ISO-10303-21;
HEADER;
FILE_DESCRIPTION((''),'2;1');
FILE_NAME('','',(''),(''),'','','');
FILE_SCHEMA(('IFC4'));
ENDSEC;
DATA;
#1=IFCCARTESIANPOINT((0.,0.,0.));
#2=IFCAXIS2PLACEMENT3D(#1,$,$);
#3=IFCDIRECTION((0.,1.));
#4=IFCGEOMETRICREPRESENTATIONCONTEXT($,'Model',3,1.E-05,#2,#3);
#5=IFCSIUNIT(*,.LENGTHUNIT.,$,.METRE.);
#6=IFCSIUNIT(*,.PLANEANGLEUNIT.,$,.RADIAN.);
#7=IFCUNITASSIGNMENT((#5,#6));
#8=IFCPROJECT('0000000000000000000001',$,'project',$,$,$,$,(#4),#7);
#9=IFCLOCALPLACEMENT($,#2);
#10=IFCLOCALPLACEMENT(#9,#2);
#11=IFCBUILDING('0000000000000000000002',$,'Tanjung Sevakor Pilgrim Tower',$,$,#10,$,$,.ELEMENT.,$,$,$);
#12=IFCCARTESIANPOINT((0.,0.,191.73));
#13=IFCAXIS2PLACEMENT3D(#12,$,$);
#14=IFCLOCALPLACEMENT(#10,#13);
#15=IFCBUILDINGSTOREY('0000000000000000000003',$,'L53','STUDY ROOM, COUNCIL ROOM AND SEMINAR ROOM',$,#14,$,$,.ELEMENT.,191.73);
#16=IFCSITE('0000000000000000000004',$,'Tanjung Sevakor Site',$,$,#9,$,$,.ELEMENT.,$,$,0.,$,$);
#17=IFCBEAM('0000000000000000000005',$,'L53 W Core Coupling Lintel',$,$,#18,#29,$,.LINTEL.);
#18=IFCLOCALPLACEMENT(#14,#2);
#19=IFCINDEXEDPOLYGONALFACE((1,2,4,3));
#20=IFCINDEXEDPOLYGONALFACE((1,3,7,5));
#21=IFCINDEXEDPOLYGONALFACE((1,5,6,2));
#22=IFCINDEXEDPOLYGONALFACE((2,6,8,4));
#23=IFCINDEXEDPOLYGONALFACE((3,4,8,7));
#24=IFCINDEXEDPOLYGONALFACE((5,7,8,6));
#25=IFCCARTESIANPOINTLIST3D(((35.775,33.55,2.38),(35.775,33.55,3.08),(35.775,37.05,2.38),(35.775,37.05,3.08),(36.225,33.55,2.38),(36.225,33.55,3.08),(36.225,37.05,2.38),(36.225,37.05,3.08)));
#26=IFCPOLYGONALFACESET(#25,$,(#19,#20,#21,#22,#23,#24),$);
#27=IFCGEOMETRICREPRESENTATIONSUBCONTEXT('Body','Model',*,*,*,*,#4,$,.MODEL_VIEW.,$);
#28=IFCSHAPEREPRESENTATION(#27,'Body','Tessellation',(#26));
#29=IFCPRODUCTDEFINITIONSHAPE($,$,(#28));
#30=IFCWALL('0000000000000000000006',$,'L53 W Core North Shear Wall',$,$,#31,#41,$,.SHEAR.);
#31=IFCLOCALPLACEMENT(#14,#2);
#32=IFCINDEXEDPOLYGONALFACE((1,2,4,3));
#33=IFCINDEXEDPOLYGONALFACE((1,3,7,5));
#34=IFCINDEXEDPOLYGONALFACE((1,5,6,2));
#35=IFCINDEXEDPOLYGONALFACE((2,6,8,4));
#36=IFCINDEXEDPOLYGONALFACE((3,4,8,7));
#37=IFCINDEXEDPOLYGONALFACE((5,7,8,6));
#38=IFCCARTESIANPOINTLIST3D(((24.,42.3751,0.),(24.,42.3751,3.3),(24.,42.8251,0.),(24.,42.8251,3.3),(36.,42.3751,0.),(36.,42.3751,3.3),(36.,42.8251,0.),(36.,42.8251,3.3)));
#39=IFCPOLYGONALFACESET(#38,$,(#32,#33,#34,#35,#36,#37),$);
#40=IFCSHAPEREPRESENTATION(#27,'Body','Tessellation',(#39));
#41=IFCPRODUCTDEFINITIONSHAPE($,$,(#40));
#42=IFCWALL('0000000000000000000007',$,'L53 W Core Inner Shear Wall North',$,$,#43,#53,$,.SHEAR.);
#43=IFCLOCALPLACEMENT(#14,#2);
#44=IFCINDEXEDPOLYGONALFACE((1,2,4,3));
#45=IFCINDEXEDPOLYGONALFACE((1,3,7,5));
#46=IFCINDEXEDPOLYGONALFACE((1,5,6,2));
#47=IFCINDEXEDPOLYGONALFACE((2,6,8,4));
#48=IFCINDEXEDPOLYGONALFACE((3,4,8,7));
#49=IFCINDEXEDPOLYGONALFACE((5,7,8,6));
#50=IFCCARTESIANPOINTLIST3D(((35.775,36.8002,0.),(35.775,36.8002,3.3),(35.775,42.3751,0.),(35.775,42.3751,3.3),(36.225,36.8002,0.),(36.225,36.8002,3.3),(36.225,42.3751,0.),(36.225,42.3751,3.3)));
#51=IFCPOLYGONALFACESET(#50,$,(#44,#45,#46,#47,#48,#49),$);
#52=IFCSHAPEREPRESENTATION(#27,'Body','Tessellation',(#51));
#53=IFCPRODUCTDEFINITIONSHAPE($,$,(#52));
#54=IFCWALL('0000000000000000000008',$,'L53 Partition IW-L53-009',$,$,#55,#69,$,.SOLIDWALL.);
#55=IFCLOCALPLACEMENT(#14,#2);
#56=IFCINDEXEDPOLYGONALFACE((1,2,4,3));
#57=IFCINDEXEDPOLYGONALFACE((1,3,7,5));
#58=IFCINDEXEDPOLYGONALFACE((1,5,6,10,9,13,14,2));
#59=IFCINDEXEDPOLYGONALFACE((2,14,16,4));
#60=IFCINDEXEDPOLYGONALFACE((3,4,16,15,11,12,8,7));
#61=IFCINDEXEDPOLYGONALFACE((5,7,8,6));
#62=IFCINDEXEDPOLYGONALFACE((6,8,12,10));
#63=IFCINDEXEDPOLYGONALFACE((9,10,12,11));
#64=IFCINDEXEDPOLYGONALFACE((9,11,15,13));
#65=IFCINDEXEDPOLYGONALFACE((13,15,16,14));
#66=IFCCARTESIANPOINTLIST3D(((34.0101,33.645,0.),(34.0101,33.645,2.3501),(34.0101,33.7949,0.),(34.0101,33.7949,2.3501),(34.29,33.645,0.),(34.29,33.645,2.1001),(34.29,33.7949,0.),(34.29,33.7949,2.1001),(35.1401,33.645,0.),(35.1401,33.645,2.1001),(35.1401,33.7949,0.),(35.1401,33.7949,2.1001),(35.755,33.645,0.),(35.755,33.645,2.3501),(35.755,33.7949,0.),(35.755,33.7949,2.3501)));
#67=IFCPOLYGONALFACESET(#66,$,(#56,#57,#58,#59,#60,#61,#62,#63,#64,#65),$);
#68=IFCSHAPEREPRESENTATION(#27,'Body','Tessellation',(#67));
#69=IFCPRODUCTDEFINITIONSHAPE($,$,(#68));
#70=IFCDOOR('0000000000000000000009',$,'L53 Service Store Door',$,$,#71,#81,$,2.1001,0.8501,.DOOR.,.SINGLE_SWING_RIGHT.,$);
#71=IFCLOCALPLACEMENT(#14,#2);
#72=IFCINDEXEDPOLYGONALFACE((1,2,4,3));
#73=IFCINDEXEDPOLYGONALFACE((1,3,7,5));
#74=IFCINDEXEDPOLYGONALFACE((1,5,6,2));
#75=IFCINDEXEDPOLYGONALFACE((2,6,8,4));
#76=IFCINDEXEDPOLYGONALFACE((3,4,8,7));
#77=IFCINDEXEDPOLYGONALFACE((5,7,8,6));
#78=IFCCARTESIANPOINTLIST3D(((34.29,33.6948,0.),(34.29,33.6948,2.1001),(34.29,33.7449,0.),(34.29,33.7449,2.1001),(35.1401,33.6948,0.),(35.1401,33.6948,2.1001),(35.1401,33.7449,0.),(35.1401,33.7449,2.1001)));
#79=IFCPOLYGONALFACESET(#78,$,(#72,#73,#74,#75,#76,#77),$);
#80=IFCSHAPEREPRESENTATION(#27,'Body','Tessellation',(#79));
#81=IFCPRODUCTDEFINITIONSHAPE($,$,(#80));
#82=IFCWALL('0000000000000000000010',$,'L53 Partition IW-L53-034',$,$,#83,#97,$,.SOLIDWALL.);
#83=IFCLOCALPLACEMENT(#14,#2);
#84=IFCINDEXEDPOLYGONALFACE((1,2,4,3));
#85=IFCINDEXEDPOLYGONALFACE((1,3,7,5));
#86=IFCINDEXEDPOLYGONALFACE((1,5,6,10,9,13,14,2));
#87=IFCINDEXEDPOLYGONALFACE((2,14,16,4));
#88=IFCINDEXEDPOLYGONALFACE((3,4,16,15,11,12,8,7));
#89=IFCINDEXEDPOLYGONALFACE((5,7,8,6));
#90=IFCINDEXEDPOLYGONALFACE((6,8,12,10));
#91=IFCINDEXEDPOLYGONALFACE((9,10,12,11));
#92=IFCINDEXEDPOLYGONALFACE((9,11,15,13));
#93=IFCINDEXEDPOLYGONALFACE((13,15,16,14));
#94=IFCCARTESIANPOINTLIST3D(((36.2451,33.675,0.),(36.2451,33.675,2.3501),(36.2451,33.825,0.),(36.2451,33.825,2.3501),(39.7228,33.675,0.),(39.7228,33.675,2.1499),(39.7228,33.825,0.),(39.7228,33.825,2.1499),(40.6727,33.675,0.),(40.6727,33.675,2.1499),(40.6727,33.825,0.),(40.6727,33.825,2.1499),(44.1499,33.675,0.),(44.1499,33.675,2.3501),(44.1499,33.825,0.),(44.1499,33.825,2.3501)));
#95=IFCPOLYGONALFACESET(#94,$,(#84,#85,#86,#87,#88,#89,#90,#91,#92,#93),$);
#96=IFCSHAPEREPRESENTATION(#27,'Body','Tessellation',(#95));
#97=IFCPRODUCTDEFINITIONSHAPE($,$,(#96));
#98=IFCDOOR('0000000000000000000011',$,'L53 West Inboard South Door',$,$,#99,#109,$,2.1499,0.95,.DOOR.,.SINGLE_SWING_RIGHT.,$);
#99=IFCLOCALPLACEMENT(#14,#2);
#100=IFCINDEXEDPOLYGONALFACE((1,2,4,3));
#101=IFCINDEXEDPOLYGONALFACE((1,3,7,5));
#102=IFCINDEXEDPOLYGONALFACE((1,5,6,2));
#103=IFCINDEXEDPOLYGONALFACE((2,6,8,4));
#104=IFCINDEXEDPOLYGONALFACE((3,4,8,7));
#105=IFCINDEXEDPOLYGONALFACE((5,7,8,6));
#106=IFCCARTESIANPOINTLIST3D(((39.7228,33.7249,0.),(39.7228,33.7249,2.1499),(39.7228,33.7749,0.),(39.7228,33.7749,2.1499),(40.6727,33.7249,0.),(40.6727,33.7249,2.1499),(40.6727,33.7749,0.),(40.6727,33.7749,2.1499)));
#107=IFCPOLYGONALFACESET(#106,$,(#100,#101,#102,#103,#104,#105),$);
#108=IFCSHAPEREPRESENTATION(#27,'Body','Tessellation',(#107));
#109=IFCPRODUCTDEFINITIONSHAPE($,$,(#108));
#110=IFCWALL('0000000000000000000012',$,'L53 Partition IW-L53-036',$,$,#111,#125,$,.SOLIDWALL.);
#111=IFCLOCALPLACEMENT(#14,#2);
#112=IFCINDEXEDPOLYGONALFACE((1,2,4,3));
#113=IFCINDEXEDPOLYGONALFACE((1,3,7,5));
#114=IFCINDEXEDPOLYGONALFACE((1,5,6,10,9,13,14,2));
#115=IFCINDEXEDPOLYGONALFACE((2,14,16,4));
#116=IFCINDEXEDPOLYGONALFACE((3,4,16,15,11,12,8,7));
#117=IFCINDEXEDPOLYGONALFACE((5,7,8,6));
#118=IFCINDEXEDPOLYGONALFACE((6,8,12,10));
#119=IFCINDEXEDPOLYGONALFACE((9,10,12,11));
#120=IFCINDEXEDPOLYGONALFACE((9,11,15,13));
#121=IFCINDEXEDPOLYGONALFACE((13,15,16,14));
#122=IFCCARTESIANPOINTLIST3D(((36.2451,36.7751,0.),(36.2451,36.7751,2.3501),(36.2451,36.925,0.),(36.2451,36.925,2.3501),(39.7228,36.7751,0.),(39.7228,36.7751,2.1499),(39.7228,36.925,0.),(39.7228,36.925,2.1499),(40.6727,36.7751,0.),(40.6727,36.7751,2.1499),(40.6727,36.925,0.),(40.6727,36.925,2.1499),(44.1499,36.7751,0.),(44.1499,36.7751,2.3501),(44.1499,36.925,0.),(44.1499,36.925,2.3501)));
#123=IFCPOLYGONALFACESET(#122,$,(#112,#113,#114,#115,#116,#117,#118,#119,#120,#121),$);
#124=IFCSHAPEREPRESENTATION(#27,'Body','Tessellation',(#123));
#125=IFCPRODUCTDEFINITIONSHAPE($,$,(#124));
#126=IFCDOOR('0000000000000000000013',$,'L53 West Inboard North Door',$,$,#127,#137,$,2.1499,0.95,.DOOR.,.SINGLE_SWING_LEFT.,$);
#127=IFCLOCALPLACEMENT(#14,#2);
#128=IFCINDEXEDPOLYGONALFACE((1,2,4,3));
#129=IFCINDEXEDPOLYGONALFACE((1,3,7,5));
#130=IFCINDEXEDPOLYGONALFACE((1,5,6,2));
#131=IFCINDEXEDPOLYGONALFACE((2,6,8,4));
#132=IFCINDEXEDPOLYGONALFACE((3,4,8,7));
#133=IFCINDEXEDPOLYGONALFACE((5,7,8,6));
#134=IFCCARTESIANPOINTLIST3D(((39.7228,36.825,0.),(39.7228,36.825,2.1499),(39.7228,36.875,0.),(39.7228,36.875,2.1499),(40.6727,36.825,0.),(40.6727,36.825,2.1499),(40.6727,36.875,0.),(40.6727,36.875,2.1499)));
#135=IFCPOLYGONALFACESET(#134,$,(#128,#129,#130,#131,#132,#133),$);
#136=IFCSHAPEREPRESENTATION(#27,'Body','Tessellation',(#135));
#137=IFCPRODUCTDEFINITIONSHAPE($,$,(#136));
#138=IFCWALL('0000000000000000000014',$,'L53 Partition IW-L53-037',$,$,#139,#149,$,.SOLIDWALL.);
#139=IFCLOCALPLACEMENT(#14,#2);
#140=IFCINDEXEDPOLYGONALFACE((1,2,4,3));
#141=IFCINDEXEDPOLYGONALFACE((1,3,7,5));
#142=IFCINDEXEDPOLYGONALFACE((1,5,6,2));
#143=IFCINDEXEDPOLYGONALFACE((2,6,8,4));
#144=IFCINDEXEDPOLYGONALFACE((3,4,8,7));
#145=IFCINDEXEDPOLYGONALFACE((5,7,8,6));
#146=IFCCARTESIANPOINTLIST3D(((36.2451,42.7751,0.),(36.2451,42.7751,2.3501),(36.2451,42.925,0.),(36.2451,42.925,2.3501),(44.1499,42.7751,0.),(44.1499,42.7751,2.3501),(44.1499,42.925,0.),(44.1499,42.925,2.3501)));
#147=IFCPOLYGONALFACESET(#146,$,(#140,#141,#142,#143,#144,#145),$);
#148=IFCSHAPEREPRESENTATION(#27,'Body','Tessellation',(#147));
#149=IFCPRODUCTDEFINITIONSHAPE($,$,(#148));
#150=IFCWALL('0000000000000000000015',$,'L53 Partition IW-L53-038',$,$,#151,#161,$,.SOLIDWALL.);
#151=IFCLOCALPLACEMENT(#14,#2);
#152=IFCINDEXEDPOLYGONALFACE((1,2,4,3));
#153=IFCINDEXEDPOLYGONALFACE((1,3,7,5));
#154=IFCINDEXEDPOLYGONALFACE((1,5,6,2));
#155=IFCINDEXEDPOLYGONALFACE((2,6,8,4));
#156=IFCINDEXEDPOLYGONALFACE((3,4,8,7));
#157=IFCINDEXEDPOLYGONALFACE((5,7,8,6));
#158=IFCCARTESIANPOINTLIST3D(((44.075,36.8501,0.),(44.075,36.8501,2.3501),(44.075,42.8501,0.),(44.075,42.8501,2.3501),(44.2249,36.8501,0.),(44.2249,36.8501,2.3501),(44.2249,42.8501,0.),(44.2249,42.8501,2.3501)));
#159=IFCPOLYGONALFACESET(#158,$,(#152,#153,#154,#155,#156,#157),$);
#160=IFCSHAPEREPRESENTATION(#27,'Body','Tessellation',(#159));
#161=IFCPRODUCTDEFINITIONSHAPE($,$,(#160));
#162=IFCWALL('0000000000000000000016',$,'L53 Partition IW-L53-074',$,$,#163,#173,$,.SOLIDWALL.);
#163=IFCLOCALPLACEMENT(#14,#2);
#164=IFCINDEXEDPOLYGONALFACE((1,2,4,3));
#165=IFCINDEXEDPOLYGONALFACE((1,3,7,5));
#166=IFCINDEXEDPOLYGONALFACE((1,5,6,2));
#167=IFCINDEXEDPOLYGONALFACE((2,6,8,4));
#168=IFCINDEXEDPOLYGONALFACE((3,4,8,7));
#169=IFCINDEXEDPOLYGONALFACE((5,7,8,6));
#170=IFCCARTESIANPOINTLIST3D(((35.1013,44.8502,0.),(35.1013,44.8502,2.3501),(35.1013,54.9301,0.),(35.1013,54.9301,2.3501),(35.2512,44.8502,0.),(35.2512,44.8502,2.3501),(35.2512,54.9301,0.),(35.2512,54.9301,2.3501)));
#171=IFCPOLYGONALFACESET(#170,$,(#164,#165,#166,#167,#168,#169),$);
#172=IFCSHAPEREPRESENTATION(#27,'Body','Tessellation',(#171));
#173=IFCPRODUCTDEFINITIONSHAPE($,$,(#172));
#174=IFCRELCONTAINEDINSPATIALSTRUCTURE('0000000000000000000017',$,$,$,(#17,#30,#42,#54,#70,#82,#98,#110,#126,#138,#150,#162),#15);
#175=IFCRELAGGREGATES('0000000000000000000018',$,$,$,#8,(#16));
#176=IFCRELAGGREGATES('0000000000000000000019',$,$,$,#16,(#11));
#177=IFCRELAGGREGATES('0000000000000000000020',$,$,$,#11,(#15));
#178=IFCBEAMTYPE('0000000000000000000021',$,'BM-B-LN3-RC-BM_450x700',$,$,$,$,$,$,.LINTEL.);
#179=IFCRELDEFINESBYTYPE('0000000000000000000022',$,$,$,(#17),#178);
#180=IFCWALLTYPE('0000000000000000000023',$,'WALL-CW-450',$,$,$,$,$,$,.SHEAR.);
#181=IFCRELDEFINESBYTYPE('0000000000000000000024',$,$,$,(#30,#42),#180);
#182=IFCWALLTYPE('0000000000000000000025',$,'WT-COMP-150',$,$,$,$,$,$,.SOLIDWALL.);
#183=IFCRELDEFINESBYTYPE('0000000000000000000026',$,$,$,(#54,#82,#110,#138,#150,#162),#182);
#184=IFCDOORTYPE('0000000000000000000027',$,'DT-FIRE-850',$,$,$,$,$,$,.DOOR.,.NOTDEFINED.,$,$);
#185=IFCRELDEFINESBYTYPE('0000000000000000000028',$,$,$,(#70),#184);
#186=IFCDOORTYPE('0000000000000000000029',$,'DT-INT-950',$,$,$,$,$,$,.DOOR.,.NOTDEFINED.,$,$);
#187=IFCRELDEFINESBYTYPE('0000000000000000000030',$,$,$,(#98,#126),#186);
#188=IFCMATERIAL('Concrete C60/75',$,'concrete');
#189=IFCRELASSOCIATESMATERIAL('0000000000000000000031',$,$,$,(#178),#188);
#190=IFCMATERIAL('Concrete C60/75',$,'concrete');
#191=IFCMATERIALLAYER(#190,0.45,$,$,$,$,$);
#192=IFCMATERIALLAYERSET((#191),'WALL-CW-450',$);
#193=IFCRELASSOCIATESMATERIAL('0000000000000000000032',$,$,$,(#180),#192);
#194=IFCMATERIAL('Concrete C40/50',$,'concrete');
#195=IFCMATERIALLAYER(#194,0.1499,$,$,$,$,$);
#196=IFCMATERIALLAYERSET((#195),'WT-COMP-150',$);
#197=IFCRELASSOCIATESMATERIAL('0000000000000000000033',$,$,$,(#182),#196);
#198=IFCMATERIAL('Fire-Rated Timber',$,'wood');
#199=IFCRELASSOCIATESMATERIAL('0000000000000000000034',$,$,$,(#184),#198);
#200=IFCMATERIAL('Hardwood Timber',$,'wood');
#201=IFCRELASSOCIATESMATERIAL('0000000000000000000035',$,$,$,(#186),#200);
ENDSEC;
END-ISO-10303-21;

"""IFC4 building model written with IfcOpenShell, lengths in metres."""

from ifc_helpers import new_model, si_unit, direction, frame, frame_2d, origin, origin_2d, place, context, subcontext, project, spatial, rectangle, extrude, material, layer, layer_set, material_profile, profile_set, type_object, element, fill, save


model = new_model("IFC4")

# Units and contexts
model_context = context("Model", 3, precision=1e-05, world=origin(), true_north=direction((0.0, 1.0)))
body_context = subcontext(model_context, "Body", "Model", "MODEL_VIEW")
ifc_project = project(units=[si_unit("LENGTHUNIT", "METRE"), si_unit("PLANEANGLEUNIT", "RADIAN")], contexts=[model_context])

# Site, building, storey
site_placement = place(None, origin())
site = spatial("IfcSite", under=ifc_project, at=site_placement, Name="Tanjung Sevakor Site", CompositionType="ELEMENT", RefElevation=0.0)
building_placement = place(site_placement, origin())
building = spatial("IfcBuilding", under=site, at=building_placement, Name="Tanjung Sevakor Pilgrim Tower", CompositionType="ELEMENT")
storey_placement = place(building_placement, frame((0.0, 0.0, 191.73)))
storey = spatial("IfcBuildingStorey", under=building, at=storey_placement, Name="L53", Description="STUDY ROOM, COUNCIL ROOM AND SEMINAR ROOM", CompositionType="ELEMENT", Elevation=191.73)

# Beam
ifc_material_1 = material(Name="Concrete C60/75", Category="concrete")
ifc_material_profile_1 = material_profile(ifc_material_1, rectangle(XDim=0.45, YDim=0.7, at=origin_2d()))
ifc_profile_set_1 = profile_set([ifc_material_profile_1], Name="Concrete C60/75")
beam_type_1 = type_object("IfcBeamType", Name="BM-B-LN3-RC-BM_450x700", PredefinedType="LINTEL", material=ifc_profile_set_1)
beam_1_placement = place(storey_placement, frame((36.0, 33.55, 2.73), z_axis=(0.0, 1.0, 0.0), x_axis=(-1.0, 0.0, 0.0)))
element("IfcBeam", 1, at=beam_1_placement, inside=storey, type_object=beam_type_1, Name="L53 W Core Coupling Lintel", PredefinedType="LINTEL", context=body_context, shape_type="SweptSolid", body=[
    extrude(rectangle(XDim=0.45, YDim=0.7, at=origin_2d()), origin(), (0.0, 0.0, 1.0), 3.5),
])

# Walls
ifc_material_2 = material(Name="Concrete C60/75", Category="concrete")
ifc_layer_1 = layer(ifc_material_2, 0.45)
ifc_layer_set_1 = layer_set([ifc_layer_1], Name="WALL-CW-450")
wall_type_1 = type_object("IfcWallType", Name="WALL-CW-450", PredefinedType="SHEAR", material=ifc_layer_set_1)
wall_1_placement = place(storey_placement, frame((36.0, 42.6001, 0.0), z_axis=(0.0, 0.0, 1.0), x_axis=(-1.0, 0.0, 0.0)))
element("IfcWall", 2, at=wall_1_placement, inside=storey, type_object=wall_type_1, Name="L53 W Core North Shear Wall", PredefinedType="SHEAR", context=body_context, shape_type="SweptSolid", body=[
    extrude(rectangle(XDim=12.0, YDim=0.45, at=frame_2d((6.0, 0.0))), origin(), (0.0, 0.0, 1.0), 3.3),
])
wall_2_placement = place(storey_placement, frame((36.0, 36.8, 0.0), z_axis=(0.0, 0.0, 1.0), x_axis=(0.0, 1.0, 0.0)))
element("IfcWall", 3, at=wall_2_placement, inside=storey, type_object=wall_type_1, Name="L53 W Core Inner Shear Wall North", PredefinedType="SHEAR", context=body_context, shape_type="SweptSolid", body=[
    extrude(rectangle(XDim=5.575, YDim=0.45, at=frame_2d((2.7876, 0.0))), origin(), (0.0, 0.0, 1.0), 3.3),
])

# Walls, openings, doors
ifc_material_3 = material(Name="Concrete C40/50", Category="concrete")
ifc_layer_2 = layer(ifc_material_3, 0.1499)
ifc_layer_set_2 = layer_set([ifc_layer_2], Name="WT-COMP-150")
wall_type_2 = type_object("IfcWallType", Name="WT-COMP-150", PredefinedType="SOLIDWALL", material=ifc_layer_set_2)
wall_3_placement = place(storey_placement, frame((34.01, 33.72, 0.0), z_axis=(0.0, 0.0, 1.0), x_axis=(1.0, 0.0, 0.0)))
wall_3 = element("IfcWall", 4, at=wall_3_placement, inside=storey, type_object=wall_type_2, Name="L53 Partition IW-L53-009", PredefinedType="SOLIDWALL", context=body_context, shape_type="SweptSolid", body=[
    extrude(rectangle(XDim=1.7449, YDim=0.1499, at=frame_2d((0.8726, 0.0))), origin(), (0.0, 0.0, 1.0), 2.3501),
])
opening_1_placement = place(wall_3_placement, frame((0.28, 0.0, 0.0)))
opening_1 = element("IfcOpeningElement", 5, at=opening_1_placement, cuts=wall_3, PredefinedType="OPENING", context=body_context, shape_type="SweptSolid", body=[
    extrude(rectangle(XDim=0.8501, YDim=2.1001, at=frame_2d((0.425, 1.05))), frame((0.0, 0.085, 0.0), z_axis=(0.0, -1.0, 0.0), x_axis=(1.0, 0.0, 0.0)), (0.0, 0.0, 1.0), 0.1699),
])
ifc_material_4 = material(Name="Fire-Rated Timber", Category="wood")
door_type_1 = type_object("IfcDoorType", Name="DT-FIRE-850", OperationType="NOTDEFINED", PredefinedType="DOOR", material=ifc_material_4)
door_1_placement = place(opening_1_placement, origin())
door_1 = element("IfcDoor", 6, at=door_1_placement, inside=storey, type_object=door_type_1, Name="L53 Service Store Door", OperationType="SINGLE_SWING_RIGHT", OverallHeight=2.1001, OverallWidth=0.8501, PredefinedType="DOOR", context=body_context, shape_type="SweptSolid", body=[
    extrude(rectangle(XDim=0.8501, YDim=2.1001, at=frame_2d((0.425, 1.05))), frame((0.0, 0.0249, 0.0), z_axis=(0.0, -1.0, 0.0), x_axis=(1.0, 0.0, 0.0)), (0.0, 0.0, 1.0), 0.05),
])
fill(opening_1, door_1)
wall_4_placement = place(storey_placement, frame((36.2451, 33.75, 0.0), z_axis=(0.0, 0.0, 1.0), x_axis=(1.0, 0.0, 0.0)))
wall_4 = element("IfcWall", 7, at=wall_4_placement, inside=storey, type_object=wall_type_2, Name="L53 Partition IW-L53-034", PredefinedType="SOLIDWALL", context=body_context, shape_type="SweptSolid", body=[
    extrude(rectangle(XDim=7.9048, YDim=0.1499, at=frame_2d((3.9524, 0.0))), origin(), (0.0, 0.0, 1.0), 2.3501),
])
opening_2_placement = place(wall_4_placement, frame((3.4775, 0.0, 0.0)))
opening_2 = element("IfcOpeningElement", 8, at=opening_2_placement, cuts=wall_4, PredefinedType="OPENING", context=body_context, shape_type="SweptSolid", body=[
    extrude(rectangle(XDim=0.95, YDim=2.1499, at=frame_2d((0.4751, 1.075))), frame((0.0, 0.085, 0.0), z_axis=(0.0, -1.0, 0.0), x_axis=(1.0, 0.0, 0.0)), (0.0, 0.0, 1.0), 0.1699),
])
ifc_material_5 = material(Name="Hardwood Timber", Category="wood")
door_type_2 = type_object("IfcDoorType", Name="DT-INT-950", OperationType="NOTDEFINED", PredefinedType="DOOR", material=ifc_material_5)
door_2_placement = place(opening_2_placement, origin())
door_2 = element("IfcDoor", 9, at=door_2_placement, inside=storey, type_object=door_type_2, Name="L53 West Inboard South Door", OperationType="SINGLE_SWING_RIGHT", OverallHeight=2.1499, OverallWidth=0.95, PredefinedType="DOOR", context=body_context, shape_type="SweptSolid", body=[
    extrude(rectangle(XDim=0.95, YDim=2.1499, at=frame_2d((0.4751, 1.075))), frame((0.0, 0.0249, 0.0), z_axis=(0.0, -1.0, 0.0), x_axis=(1.0, 0.0, 0.0)), (0.0, 0.0, 1.0), 0.05),
])
fill(opening_2, door_2)
wall_5_placement = place(storey_placement, frame((36.2451, 36.8501, 0.0), z_axis=(0.0, 0.0, 1.0), x_axis=(1.0, 0.0, 0.0)))
wall_5 = element("IfcWall", 10, at=wall_5_placement, inside=storey, type_object=wall_type_2, Name="L53 Partition IW-L53-036", PredefinedType="SOLIDWALL", context=body_context, shape_type="SweptSolid", body=[
    extrude(rectangle(XDim=7.9048, YDim=0.1499, at=frame_2d((3.9524, 0.0))), origin(), (0.0, 0.0, 1.0), 2.3501),
])
opening_3_placement = place(wall_5_placement, frame((3.4775, 0.0, 0.0)))
opening_3 = element("IfcOpeningElement", 11, at=opening_3_placement, cuts=wall_5, PredefinedType="OPENING", context=body_context, shape_type="SweptSolid", body=[
    extrude(rectangle(XDim=0.95, YDim=2.1499, at=frame_2d((0.4751, 1.075))), frame((0.0, 0.085, 0.0), z_axis=(0.0, -1.0, 0.0), x_axis=(1.0, 0.0, 0.0)), (0.0, 0.0, 1.0), 0.1699),
])
door_3_placement = place(opening_3_placement, origin())
door_3 = element("IfcDoor", 12, at=door_3_placement, inside=storey, type_object=door_type_2, Name="L53 West Inboard North Door", OperationType="SINGLE_SWING_LEFT", OverallHeight=2.1499, OverallWidth=0.95, PredefinedType="DOOR", context=body_context, shape_type="SweptSolid", body=[
    extrude(rectangle(XDim=0.95, YDim=2.1499, at=frame_2d((0.4751, 1.075))), frame((0.0, 0.0249, 0.0), z_axis=(0.0, -1.0, 0.0), x_axis=(1.0, 0.0, 0.0)), (0.0, 0.0, 1.0), 0.05),
])
fill(opening_3, door_3)

# Walls
wall_6_placement = place(storey_placement, frame((36.2451, 42.8501, 0.0), z_axis=(0.0, 0.0, 1.0), x_axis=(1.0, 0.0, 0.0)))
element("IfcWall", 13, at=wall_6_placement, inside=storey, type_object=wall_type_2, Name="L53 Partition IW-L53-037", PredefinedType="SOLIDWALL", context=body_context, shape_type="SweptSolid", body=[
    extrude(rectangle(XDim=7.9048, YDim=0.1499, at=frame_2d((3.9524, 0.0))), origin(), (0.0, 0.0, 1.0), 2.3501),
])
wall_7_placement = place(storey_placement, frame((44.1499, 36.8501, 0.0), z_axis=(0.0, 0.0, 1.0), x_axis=(0.0, 1.0, 0.0)))
element("IfcWall", 14, at=wall_7_placement, inside=storey, type_object=wall_type_2, Name="L53 Partition IW-L53-038", PredefinedType="SOLIDWALL", context=body_context, shape_type="SweptSolid", body=[
    extrude(rectangle(XDim=6.0, YDim=0.1499, at=frame_2d((3.0, 0.0))), origin(), (0.0, 0.0, 1.0), 2.3501),
])
for number, where, z_axis, x_axis, name in (
    (15, (35.1763, 44.8501, 0.0), (0.0, 0.0, 1.0), (0.0, 1.0, 0.0), "L53 Partition IW-L53-074"),
):
    element("IfcWall", number, at=place(storey_placement, frame(where, z_axis=z_axis, x_axis=x_axis)), inside=storey, type_object=wall_type_2, Name=name, PredefinedType="SOLIDWALL", context=body_context, shape_type="SweptSolid", body=[
        extrude(rectangle(XDim=10.0798, YDim=0.1499, at=frame_2d((5.04, 0.0))), origin(), (0.0, 0.0, 1.0), 2.3501),
    ])

save(model, "model.ifc")
